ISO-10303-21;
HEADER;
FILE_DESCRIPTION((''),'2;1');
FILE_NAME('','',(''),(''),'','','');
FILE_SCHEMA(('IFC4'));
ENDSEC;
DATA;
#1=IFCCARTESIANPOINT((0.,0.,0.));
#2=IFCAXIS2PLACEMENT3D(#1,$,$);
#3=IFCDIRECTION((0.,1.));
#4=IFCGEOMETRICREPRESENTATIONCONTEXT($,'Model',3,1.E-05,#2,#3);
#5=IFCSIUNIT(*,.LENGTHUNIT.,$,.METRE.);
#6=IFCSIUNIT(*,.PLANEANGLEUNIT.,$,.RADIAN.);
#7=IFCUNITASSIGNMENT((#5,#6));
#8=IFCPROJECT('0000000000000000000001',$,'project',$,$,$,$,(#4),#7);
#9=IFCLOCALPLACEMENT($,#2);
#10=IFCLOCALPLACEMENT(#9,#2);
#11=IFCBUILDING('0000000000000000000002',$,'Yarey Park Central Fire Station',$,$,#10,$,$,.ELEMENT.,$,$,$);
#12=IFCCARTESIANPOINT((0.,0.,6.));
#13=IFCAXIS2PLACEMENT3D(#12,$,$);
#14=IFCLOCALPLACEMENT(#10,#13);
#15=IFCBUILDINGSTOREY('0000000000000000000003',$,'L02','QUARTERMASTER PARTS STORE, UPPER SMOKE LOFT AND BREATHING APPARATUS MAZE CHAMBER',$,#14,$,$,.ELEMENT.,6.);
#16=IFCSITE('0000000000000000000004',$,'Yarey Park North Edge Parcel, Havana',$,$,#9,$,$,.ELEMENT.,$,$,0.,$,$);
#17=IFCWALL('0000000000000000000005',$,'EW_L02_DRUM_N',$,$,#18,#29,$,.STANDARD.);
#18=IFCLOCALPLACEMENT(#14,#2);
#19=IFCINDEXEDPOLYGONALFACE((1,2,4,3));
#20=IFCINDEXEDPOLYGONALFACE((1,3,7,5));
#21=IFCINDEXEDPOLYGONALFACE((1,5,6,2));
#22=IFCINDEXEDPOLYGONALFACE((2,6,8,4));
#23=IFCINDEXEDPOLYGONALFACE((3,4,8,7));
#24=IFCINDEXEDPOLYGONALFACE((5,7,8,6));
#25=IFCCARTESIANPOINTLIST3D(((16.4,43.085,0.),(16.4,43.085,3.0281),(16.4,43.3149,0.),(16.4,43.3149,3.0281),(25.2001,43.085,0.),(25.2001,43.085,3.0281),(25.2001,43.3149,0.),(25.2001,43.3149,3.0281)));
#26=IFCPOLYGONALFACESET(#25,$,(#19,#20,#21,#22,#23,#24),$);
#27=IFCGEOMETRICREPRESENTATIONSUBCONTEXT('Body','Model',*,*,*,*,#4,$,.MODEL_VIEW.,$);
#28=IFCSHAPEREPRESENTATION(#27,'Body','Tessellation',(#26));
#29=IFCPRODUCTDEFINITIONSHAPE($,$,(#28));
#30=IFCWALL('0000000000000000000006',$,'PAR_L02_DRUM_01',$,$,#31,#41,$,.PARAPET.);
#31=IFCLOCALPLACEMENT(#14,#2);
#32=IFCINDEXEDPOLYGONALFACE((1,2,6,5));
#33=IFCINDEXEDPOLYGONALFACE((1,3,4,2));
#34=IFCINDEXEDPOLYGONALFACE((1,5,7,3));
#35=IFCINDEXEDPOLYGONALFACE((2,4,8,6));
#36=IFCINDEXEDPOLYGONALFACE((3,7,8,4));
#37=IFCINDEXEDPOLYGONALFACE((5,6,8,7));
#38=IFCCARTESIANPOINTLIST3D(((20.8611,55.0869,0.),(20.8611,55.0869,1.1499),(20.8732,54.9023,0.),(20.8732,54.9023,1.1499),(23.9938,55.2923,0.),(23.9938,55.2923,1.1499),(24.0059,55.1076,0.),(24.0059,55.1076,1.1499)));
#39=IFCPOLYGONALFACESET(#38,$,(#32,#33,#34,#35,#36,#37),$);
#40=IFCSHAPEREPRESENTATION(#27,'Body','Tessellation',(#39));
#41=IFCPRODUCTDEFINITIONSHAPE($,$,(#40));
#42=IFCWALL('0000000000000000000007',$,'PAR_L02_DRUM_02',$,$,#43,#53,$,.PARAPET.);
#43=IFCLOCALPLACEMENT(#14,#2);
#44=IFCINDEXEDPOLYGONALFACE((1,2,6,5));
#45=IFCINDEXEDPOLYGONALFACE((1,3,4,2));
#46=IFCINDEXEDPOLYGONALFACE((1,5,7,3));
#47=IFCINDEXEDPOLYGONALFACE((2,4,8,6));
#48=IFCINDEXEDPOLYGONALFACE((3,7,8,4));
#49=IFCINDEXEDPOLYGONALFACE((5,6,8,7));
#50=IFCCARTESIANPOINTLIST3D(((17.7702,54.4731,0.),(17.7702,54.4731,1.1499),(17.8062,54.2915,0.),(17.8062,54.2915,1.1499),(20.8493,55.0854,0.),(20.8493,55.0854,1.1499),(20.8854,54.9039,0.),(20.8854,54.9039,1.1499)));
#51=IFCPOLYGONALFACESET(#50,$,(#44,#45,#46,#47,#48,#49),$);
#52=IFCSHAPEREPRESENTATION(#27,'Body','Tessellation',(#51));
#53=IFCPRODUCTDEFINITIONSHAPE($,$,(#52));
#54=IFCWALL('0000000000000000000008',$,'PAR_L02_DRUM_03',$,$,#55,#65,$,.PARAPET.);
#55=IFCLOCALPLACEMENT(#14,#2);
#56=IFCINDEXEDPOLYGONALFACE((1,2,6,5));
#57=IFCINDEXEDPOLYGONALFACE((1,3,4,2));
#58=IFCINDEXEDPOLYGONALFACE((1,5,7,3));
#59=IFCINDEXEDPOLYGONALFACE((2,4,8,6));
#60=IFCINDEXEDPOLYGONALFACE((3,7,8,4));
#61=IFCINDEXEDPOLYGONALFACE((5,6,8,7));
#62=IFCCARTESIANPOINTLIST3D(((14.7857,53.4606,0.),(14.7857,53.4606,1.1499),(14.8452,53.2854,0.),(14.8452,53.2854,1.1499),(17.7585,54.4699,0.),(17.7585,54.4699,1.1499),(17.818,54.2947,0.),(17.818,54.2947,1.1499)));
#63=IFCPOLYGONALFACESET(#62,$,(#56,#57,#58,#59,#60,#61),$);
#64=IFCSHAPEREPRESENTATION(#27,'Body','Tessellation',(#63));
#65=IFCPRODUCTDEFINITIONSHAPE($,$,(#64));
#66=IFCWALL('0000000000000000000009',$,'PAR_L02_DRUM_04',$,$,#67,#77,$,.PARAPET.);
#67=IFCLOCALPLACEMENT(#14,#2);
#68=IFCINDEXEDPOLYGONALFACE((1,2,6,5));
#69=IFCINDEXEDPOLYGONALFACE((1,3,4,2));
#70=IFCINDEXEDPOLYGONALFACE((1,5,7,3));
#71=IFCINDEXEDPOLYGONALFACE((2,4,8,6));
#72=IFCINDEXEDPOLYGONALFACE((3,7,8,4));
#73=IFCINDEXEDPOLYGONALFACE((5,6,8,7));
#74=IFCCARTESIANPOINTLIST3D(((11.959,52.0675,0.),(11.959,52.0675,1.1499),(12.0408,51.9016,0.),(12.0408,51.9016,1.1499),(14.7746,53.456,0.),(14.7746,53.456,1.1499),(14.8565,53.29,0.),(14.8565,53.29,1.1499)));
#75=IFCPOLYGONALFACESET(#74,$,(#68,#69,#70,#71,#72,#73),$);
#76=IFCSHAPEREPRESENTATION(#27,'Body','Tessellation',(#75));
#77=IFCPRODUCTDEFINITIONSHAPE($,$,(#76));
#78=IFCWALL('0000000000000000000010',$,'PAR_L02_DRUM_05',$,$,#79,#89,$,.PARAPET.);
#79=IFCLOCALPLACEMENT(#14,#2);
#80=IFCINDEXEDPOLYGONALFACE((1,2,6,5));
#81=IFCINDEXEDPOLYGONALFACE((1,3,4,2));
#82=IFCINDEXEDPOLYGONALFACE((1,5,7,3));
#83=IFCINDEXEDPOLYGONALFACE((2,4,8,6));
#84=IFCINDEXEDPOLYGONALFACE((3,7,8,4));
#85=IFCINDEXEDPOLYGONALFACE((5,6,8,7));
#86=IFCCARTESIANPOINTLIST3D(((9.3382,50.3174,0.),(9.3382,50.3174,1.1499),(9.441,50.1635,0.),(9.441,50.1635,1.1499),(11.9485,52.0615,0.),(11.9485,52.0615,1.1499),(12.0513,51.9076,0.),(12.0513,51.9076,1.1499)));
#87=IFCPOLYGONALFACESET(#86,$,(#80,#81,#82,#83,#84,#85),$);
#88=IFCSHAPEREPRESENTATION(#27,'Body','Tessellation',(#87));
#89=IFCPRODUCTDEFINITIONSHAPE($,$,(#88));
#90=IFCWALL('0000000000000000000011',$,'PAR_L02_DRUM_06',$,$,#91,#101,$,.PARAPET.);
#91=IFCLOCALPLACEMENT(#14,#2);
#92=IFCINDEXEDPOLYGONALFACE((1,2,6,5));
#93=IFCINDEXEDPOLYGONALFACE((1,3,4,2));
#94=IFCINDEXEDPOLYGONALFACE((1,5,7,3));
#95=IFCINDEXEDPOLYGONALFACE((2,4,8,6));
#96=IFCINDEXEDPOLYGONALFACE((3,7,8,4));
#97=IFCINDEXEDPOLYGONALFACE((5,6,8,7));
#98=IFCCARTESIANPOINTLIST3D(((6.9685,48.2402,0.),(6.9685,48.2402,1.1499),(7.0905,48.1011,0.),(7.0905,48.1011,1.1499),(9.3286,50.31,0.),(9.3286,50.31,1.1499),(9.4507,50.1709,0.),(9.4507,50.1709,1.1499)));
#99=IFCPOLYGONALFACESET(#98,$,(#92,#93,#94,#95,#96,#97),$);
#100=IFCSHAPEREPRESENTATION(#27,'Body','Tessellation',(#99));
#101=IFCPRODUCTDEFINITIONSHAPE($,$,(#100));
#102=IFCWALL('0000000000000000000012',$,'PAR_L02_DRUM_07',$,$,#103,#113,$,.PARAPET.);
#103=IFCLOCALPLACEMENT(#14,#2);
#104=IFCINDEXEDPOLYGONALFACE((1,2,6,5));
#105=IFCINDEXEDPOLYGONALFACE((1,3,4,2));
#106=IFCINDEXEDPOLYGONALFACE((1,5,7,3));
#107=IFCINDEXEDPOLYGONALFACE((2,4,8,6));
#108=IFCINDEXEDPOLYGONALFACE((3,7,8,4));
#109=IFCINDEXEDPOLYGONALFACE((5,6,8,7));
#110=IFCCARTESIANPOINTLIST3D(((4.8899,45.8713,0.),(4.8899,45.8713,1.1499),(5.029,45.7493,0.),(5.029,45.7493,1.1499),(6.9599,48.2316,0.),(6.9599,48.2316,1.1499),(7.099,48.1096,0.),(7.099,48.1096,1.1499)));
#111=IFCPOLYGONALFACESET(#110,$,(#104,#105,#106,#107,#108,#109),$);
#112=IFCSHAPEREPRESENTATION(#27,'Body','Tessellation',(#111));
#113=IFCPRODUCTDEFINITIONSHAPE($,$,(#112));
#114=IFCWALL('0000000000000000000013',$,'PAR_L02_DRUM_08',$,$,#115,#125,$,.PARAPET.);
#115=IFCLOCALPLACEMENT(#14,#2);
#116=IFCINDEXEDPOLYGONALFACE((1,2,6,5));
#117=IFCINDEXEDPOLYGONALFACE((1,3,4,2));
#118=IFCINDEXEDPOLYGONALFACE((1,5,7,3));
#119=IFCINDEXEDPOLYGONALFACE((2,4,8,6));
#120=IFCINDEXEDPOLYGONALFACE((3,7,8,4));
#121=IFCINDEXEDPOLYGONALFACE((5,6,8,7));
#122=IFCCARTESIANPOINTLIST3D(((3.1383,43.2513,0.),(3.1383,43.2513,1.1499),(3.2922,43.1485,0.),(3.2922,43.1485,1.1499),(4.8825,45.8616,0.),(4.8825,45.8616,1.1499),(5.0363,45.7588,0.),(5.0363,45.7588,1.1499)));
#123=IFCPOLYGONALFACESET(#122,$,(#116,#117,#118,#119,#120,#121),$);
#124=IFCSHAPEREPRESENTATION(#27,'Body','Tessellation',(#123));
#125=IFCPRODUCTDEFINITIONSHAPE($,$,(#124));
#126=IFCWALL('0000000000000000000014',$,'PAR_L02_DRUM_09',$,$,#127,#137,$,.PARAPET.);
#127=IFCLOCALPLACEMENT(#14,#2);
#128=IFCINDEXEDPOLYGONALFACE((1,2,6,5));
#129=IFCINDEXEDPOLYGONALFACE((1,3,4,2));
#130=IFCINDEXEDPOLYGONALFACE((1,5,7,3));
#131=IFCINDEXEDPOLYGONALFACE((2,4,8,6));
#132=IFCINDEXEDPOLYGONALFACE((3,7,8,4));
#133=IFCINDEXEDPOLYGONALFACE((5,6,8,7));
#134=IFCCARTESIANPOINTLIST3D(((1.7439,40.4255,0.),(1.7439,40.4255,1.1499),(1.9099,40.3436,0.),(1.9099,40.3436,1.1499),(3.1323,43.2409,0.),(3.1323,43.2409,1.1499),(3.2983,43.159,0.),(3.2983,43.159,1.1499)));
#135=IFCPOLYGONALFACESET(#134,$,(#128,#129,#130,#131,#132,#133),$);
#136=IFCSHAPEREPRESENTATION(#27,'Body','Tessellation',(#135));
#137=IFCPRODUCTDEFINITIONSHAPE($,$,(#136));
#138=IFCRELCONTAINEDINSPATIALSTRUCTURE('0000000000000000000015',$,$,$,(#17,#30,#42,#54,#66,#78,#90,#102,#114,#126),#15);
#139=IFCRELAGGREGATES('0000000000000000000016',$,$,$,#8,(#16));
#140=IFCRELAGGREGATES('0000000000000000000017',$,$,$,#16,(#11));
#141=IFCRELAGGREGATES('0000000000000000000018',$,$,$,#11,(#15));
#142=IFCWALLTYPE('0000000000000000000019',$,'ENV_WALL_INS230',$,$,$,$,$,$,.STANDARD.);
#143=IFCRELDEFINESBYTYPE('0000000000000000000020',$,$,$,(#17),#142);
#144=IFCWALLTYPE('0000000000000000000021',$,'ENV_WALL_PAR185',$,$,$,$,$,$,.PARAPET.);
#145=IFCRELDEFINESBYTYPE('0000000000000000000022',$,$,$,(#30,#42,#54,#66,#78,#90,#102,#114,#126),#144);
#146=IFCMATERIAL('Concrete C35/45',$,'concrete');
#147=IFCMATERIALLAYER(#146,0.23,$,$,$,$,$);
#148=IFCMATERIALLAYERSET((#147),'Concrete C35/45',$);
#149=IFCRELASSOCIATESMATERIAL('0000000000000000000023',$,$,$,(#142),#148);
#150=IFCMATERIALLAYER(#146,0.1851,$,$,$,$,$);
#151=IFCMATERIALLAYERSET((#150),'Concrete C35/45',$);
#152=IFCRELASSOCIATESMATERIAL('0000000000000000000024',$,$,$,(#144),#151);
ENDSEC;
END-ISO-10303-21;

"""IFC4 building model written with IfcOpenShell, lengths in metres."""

from ifc_helpers import new_model, si_unit, direction, frame, frame_2d, origin, place, context, subcontext, project, spatial, rectangle, extrude, material, layer, layer_set, type_object, element, save


model = new_model("IFC4")

# Units and contexts
model_context = context("Model", 3, precision=1e-05, world=origin(), true_north=direction((0.0, 1.0)))
body_context = subcontext(model_context, "Body", "Model", "MODEL_VIEW")
ifc_project = project(units=[si_unit("LENGTHUNIT", "METRE"), si_unit("PLANEANGLEUNIT", "RADIAN")], contexts=[model_context])

# Site, building, storey
site_placement = place(None, origin())
site = spatial("IfcSite", under=ifc_project, at=site_placement, Name="Yarey Park North Edge Parcel, Havana", CompositionType="ELEMENT", RefElevation=0.0)
building_placement = place(site_placement, origin())
building = spatial("IfcBuilding", under=site, at=building_placement, Name="Yarey Park Central Fire Station", CompositionType="ELEMENT")
storey_placement = place(building_placement, frame((0.0, 0.0, 6.0)))
storey = spatial("IfcBuildingStorey", under=building, at=storey_placement, Name="L02", Description="QUARTERMASTER PARTS STORE, UPPER SMOKE LOFT AND BREATHING APPARATUS MAZE CHAMBER", CompositionType="ELEMENT", Elevation=6.0)

# Walls
ifc_material_1 = material(Name="Concrete C35/45", Category="concrete")
ifc_layer_1 = layer(ifc_material_1, 0.23)
ifc_layer_set_1 = layer_set([ifc_layer_1], Name="Concrete C35/45")
wall_type_1 = type_object("IfcWallType", Name="ENV_WALL_INS230", PredefinedType="STANDARD", material=ifc_layer_set_1)
wall_1_placement = place(storey_placement, frame((25.2, 43.2, 0.0), z_axis=(0.0, 0.0, 1.0), x_axis=(-1.0, 0.0, 0.0)))
element("IfcWall", 1, at=wall_1_placement, inside=storey, type_object=wall_type_1, Name="EW_L02_DRUM_N", PredefinedType="STANDARD", context=body_context, shape_type="SweptSolid", body=[
    extrude(rectangle(XDim=8.8, YDim=0.23, at=frame_2d((4.3999, 0.0))), origin(), (0.0, 0.0, 1.0), 3.0281),
])
ifc_layer_2 = layer(ifc_material_1, 0.1851)
ifc_layer_set_2 = layer_set([ifc_layer_2], Name="Concrete C35/45")
wall_type_2 = type_object("IfcWallType", Name="ENV_WALL_PAR185", PredefinedType="PARAPET", material=ifc_layer_set_2)
for number, where, z_axis, x_axis, name in (
    (2, (24.0, 55.2, 0.0), (0.0, 0.0, 1.0), (-0.997859, -0.065404, 0.0), "PAR_L02_DRUM_01"),
    (3, (20.8674, 54.9946, 0.0), (0.0, 0.0, 1.0), (-0.980795, -0.195039, 0.0), "PAR_L02_DRUM_02"),
    (4, (17.7883, 54.3823, 0.0), (0.0, 0.0, 1.0), (-0.946911, -0.321496, 0.0), "PAR_L02_DRUM_03"),
    (5, (14.8157, 53.373, 0.0), (0.0, 0.0, 1.0), (-0.896887, -0.442261, 0.0), "PAR_L02_DRUM_04"),
    (6, (12.0, 51.9846, 0.0), (0.0, 0.0, 1.0), (-0.831476, -0.555561, 0.0), "PAR_L02_DRUM_05"),
):
    element("IfcWall", number, at=place(storey_placement, frame(where, z_axis=z_axis, x_axis=x_axis)), inside=storey, type_object=wall_type_2, Name=name, PredefinedType="PARAPET", context=body_context, shape_type="SweptSolid", body=[
        extrude(rectangle(XDim=3.1394, YDim=0.1851, at=frame_2d((1.5698, 0.0))), origin(), (0.0, 0.0, 1.0), 1.1499),
    ])
wall_2_placement = place(storey_placement, frame((9.3896, 50.2405, 0.0), z_axis=(0.0, 0.0, 1.0), x_axis=(-0.751829, -0.659358, 0.0)))
element("IfcWall", 7, at=wall_2_placement, inside=storey, type_object=wall_type_2, Name="PAR_L02_DRUM_06", PredefinedType="PARAPET", context=body_context, shape_type="SweptSolid", body=[
    extrude(rectangle(XDim=3.1392, YDim=0.1851, at=frame_2d((1.5696, 0.0))), origin(), (0.0, 0.0, 1.0), 1.1499),
])
for number, where, z_axis, x_axis, name in (
    (8, (7.0295, 48.1707, 0.0), (0.0, 0.0, 1.0), (-0.659363, -0.751825, 0.0), "PAR_L02_DRUM_07"),
    (9, (4.9595, 45.8103, 0.0), (0.0, 0.0, 1.0), (-0.555561, -0.831476, 0.0), "PAR_L02_DRUM_08"),
):
    element("IfcWall", number, at=place(storey_placement, frame(where, z_axis=z_axis, x_axis=x_axis)), inside=storey, type_object=wall_type_2, Name=name, PredefinedType="PARAPET", context=body_context, shape_type="SweptSolid", body=[
        extrude(rectangle(XDim=3.1394, YDim=0.1851, at=frame_2d((1.5698, 0.0))), origin(), (0.0, 0.0, 1.0), 1.1499),
    ])
wall_3_placement = place(storey_placement, frame((3.2153, 43.2, 0.0), z_axis=(0.0, 0.0, 1.0), x_axis=(-0.442292, -0.896871, 0.0)))
element("IfcWall", 10, at=wall_3_placement, inside=storey, type_object=wall_type_2, Name="PAR_L02_DRUM_09", PredefinedType="PARAPET", context=body_context, shape_type="SweptSolid", body=[
    extrude(rectangle(XDim=3.1392, YDim=0.1851, at=frame_2d((1.5696, 0.0))), origin(), (0.0, 0.0, 1.0), 1.1499),
])

save(model, "model.ifc")
